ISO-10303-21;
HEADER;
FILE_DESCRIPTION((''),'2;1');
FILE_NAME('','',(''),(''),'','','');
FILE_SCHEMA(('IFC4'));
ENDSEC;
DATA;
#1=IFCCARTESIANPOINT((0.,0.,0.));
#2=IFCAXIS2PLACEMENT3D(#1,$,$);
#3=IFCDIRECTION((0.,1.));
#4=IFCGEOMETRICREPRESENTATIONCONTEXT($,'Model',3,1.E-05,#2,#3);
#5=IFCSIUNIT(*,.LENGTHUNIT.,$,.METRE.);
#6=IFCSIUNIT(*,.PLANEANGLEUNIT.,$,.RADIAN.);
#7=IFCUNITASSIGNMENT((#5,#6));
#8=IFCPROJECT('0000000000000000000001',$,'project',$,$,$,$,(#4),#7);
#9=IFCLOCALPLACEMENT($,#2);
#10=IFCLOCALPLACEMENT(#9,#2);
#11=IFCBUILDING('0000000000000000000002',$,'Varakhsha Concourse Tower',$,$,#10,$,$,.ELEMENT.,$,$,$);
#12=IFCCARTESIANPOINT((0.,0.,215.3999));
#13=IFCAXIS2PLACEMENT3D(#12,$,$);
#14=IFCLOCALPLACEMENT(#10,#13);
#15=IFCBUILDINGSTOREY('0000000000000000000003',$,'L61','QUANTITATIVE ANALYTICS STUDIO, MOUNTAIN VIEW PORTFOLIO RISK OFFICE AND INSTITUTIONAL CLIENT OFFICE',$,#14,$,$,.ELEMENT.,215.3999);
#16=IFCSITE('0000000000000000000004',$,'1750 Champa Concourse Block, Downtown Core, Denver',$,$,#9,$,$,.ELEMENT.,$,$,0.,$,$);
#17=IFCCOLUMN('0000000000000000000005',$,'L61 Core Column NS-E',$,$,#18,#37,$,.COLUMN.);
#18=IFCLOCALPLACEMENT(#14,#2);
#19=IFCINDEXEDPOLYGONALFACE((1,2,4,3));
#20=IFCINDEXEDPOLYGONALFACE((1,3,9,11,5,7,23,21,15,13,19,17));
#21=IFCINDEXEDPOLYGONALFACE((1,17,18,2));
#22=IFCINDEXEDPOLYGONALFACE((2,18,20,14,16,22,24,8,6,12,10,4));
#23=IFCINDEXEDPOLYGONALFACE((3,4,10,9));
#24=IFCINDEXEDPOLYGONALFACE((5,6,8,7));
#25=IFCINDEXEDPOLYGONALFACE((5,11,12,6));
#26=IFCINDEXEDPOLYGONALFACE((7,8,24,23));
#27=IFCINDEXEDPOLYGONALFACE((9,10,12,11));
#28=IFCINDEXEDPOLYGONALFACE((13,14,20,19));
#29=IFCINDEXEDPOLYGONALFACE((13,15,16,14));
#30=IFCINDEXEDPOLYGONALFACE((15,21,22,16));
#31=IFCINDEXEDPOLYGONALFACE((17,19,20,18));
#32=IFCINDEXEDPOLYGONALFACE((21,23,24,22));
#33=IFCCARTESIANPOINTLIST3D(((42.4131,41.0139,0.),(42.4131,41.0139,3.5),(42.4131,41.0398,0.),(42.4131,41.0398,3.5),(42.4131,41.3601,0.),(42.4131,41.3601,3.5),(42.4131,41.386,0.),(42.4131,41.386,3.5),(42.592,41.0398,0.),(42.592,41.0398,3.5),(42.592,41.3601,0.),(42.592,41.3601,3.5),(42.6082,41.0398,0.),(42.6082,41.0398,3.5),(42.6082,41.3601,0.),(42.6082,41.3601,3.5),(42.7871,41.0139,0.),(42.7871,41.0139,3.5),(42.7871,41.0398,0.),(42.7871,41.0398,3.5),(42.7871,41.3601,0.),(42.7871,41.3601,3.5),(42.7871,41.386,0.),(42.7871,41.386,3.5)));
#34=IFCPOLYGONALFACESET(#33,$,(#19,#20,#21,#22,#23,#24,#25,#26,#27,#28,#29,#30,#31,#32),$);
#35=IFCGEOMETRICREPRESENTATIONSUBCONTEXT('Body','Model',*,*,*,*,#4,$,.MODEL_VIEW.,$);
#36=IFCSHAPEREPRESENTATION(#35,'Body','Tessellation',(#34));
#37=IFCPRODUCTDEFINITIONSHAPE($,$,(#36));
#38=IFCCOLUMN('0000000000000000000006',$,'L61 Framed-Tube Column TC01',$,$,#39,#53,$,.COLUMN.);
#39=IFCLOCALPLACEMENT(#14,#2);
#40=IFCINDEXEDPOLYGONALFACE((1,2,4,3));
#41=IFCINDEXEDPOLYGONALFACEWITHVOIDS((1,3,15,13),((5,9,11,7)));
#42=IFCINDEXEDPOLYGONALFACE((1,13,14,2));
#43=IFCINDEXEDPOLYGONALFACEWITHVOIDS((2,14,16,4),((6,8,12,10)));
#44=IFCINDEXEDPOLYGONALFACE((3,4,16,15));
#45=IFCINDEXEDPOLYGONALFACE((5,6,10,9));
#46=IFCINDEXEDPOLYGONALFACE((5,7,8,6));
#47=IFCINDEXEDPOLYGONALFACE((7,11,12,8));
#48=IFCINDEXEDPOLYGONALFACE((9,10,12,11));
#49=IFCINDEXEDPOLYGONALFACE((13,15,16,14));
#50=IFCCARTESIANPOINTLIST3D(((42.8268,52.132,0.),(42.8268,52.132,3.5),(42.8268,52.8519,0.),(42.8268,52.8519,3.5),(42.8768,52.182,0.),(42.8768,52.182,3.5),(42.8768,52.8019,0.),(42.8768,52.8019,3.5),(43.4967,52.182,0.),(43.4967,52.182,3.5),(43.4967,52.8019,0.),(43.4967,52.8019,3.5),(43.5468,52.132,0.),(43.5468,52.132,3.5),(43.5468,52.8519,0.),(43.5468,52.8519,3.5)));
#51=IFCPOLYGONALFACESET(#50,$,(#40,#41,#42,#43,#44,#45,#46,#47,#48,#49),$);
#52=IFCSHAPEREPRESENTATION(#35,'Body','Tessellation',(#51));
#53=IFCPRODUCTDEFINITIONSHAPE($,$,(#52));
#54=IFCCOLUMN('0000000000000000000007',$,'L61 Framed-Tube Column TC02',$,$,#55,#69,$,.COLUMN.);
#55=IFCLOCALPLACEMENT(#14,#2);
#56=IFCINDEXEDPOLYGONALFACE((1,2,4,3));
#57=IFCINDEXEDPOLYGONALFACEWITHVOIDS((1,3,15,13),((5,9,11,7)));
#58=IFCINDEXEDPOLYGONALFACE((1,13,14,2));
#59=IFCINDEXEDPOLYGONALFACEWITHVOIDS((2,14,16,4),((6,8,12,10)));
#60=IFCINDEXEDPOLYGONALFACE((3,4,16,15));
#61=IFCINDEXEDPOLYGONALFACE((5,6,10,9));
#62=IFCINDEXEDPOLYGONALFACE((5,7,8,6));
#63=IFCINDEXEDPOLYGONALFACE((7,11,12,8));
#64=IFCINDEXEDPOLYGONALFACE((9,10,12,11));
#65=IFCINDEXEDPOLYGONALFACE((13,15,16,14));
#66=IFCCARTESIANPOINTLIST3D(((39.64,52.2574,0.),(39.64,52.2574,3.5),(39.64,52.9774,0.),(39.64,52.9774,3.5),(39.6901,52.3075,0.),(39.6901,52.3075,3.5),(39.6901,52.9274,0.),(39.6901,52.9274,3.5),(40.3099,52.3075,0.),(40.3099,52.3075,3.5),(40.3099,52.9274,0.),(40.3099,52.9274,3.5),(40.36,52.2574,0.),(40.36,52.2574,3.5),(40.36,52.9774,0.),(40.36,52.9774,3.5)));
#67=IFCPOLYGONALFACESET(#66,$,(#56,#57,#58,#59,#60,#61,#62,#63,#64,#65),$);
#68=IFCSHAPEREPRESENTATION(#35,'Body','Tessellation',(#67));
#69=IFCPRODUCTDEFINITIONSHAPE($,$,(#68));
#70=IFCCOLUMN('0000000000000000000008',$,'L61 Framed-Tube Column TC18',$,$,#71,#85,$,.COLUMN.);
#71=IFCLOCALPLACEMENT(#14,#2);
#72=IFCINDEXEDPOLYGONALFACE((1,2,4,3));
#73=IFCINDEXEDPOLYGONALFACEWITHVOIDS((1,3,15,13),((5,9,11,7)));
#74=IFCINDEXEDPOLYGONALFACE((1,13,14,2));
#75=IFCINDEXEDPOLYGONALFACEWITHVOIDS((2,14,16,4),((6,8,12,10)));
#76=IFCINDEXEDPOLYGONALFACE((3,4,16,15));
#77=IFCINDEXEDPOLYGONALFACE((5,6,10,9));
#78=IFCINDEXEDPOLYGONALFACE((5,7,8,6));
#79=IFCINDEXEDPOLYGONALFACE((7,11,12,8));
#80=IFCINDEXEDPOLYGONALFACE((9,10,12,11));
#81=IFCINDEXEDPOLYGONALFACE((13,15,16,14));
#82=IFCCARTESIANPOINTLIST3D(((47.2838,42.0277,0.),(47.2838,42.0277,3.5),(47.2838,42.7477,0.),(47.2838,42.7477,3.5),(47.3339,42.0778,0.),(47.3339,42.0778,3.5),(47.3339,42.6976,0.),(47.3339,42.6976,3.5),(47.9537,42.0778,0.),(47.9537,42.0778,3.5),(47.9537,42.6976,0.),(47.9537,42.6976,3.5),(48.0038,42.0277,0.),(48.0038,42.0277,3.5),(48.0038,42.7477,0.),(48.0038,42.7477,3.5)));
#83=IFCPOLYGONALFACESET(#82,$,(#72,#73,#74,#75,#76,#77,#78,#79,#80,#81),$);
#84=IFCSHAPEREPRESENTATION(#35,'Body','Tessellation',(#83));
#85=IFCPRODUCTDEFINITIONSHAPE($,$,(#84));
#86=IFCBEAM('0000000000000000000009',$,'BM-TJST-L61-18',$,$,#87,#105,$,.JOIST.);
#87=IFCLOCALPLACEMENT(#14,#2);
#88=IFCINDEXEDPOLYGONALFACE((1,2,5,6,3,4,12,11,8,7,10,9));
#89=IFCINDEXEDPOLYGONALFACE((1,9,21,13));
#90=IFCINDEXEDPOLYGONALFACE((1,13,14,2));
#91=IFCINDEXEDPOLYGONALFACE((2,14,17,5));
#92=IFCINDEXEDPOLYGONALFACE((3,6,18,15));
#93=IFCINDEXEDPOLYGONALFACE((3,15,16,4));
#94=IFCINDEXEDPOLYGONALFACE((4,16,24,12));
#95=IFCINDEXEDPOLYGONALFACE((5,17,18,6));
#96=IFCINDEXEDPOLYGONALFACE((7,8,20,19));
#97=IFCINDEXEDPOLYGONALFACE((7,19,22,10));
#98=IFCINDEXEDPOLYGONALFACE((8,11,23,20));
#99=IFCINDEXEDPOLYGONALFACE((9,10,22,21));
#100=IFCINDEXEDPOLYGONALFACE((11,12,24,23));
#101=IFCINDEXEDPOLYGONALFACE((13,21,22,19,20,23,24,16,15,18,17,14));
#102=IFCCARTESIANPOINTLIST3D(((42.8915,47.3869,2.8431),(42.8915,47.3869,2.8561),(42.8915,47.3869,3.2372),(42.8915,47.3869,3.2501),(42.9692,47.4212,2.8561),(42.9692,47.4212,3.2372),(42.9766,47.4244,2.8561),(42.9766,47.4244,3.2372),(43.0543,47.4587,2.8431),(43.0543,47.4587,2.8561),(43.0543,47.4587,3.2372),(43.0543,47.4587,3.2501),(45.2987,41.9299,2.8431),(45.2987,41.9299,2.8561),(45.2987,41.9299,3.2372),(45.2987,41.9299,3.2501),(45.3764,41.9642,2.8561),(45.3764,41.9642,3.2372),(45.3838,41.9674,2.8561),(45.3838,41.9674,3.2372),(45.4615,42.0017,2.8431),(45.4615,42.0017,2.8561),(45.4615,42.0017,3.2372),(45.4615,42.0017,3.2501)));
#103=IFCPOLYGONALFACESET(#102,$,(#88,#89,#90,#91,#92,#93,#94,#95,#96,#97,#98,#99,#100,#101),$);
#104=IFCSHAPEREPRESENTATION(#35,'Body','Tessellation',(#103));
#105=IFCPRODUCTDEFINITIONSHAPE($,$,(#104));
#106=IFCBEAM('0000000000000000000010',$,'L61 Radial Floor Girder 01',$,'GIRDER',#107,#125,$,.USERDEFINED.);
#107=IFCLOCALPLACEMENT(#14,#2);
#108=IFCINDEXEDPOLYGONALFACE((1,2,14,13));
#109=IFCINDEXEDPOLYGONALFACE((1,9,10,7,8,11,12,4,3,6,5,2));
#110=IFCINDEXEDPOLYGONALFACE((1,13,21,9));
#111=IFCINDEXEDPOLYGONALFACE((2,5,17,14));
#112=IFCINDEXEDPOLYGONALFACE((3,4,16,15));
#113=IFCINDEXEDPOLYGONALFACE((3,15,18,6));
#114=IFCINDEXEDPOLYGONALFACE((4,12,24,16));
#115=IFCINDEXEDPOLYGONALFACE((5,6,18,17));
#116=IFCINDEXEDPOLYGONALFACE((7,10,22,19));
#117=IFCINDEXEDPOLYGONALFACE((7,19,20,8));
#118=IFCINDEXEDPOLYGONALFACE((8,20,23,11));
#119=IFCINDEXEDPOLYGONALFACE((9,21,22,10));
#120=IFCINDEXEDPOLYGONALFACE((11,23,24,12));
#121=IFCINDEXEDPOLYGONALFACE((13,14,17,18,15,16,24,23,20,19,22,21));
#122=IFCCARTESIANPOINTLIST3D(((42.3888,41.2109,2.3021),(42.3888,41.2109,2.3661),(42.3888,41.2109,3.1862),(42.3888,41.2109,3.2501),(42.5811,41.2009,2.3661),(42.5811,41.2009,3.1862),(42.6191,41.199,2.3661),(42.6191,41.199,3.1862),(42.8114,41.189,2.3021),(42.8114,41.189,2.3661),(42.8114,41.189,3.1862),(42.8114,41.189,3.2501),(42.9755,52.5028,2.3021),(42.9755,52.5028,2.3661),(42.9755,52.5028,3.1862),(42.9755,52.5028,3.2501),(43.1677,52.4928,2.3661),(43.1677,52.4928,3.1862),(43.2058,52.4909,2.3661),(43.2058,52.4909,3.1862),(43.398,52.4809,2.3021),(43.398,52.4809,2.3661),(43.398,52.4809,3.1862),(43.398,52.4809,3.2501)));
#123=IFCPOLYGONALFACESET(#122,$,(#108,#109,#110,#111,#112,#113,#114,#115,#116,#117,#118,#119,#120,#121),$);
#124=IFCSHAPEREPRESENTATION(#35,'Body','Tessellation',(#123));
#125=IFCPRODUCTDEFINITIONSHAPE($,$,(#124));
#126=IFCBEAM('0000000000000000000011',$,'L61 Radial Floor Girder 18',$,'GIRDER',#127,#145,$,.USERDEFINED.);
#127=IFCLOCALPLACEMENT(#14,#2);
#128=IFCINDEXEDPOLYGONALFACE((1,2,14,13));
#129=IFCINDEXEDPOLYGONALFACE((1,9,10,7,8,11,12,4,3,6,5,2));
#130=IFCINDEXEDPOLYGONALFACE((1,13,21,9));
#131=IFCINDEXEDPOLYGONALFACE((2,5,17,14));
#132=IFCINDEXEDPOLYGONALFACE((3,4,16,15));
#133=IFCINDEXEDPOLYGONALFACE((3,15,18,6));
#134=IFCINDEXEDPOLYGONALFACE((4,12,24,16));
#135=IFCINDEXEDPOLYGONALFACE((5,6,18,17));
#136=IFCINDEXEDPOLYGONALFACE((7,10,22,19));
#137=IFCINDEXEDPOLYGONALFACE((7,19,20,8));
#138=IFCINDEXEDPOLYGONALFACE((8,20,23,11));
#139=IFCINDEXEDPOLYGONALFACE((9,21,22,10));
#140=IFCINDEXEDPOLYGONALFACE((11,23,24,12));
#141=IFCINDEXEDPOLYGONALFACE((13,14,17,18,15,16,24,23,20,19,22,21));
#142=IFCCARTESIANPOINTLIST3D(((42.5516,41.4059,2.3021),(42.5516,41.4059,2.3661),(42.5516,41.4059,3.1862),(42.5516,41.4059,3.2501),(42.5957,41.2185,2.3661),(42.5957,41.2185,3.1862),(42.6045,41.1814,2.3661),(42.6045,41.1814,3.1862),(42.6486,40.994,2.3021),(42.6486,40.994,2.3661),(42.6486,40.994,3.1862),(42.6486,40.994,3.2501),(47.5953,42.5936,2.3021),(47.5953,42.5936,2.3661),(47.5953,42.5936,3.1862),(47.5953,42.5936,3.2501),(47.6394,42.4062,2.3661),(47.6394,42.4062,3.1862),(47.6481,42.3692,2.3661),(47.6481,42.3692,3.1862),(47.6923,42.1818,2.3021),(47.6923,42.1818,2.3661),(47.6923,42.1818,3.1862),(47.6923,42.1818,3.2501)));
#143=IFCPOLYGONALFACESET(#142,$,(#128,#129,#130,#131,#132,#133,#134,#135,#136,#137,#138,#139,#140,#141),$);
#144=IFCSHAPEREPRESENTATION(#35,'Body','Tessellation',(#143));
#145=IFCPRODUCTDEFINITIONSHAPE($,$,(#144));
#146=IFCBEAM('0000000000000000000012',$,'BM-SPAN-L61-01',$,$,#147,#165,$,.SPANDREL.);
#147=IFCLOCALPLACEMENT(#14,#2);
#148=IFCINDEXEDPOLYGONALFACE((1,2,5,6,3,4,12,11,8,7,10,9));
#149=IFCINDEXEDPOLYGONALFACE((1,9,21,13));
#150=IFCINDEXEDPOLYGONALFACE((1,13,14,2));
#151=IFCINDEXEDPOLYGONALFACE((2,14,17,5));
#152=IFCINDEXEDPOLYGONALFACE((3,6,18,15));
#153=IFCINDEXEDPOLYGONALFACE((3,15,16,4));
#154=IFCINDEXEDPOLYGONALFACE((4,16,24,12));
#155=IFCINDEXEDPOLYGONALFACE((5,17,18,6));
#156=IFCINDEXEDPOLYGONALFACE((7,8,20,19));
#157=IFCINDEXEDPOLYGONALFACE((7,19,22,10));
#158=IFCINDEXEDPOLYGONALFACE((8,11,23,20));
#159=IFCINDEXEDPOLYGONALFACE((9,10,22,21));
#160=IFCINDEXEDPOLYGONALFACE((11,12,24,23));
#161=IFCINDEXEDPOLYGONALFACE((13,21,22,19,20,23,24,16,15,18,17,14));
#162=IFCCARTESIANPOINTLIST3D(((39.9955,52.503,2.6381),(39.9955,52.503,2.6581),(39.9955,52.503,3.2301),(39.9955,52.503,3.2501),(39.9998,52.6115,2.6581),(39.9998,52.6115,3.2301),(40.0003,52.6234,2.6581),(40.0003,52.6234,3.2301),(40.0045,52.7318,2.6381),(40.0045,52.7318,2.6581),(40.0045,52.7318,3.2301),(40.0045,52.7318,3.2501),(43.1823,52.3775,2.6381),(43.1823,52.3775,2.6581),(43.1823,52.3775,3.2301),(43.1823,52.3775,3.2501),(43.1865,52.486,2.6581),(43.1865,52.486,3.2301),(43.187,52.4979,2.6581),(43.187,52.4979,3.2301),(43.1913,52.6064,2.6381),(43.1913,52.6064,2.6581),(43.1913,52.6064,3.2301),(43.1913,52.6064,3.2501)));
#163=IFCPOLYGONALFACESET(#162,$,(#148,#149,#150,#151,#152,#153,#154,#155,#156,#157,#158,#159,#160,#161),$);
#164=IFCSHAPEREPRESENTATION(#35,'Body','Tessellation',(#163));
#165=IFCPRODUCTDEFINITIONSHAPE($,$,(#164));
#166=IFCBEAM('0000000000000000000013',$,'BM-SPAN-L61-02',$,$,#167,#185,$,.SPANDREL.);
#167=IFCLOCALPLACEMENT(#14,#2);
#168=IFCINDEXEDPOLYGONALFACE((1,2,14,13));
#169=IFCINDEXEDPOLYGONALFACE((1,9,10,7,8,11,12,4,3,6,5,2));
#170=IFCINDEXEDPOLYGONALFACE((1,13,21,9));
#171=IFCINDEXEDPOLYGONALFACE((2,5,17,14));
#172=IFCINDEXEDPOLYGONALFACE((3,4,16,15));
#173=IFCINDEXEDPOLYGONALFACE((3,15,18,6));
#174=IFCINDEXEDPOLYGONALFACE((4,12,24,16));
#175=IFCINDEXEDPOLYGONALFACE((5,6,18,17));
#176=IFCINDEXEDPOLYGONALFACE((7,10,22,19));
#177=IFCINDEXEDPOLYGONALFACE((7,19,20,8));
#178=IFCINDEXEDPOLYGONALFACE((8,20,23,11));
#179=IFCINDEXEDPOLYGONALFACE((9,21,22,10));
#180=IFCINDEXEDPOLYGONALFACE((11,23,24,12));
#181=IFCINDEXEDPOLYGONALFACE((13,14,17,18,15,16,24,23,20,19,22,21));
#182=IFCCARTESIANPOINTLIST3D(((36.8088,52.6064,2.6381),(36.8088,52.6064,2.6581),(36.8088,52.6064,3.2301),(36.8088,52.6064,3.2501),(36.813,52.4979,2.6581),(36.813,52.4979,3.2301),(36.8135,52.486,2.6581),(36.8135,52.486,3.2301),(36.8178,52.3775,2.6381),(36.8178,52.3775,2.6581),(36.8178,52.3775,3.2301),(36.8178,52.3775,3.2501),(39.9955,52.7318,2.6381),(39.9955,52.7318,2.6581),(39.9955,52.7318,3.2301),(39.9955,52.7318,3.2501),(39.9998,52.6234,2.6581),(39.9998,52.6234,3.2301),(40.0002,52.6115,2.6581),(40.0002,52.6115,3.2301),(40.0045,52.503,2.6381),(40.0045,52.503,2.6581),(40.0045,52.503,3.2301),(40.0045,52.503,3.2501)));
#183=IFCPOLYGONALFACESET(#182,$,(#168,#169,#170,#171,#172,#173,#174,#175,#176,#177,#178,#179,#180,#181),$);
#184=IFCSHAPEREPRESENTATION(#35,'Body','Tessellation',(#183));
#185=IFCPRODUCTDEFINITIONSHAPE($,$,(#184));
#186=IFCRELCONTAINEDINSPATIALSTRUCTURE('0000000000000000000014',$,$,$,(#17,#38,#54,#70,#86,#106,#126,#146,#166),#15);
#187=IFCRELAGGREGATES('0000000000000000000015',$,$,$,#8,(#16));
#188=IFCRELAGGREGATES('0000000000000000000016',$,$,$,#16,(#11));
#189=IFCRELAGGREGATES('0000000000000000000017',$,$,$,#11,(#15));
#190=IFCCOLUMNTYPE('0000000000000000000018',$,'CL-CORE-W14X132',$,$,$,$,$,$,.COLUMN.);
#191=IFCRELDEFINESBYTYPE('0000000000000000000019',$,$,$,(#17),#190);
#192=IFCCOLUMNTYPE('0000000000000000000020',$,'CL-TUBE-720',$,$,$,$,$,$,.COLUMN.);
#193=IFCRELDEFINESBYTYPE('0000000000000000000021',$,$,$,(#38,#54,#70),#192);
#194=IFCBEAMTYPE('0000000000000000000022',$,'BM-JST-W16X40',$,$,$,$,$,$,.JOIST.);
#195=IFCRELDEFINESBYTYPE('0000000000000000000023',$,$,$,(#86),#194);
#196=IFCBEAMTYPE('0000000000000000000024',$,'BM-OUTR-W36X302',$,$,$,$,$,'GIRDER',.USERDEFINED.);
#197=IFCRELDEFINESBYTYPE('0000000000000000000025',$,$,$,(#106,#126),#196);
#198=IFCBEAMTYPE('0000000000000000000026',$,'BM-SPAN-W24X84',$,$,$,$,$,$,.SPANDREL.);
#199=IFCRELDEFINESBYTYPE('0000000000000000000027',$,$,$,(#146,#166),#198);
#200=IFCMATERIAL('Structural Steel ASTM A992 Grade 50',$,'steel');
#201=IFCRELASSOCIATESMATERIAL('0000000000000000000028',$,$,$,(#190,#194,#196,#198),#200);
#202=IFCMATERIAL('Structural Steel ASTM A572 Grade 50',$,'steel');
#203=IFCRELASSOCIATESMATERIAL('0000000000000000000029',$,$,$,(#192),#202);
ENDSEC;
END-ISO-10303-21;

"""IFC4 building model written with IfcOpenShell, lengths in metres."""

from ifc_helpers import new_model, si_unit, direction, frame, origin, origin_2d, place, context, subcontext, project, spatial, hollow_rectangle, i_section, extrude, material, material_profile, profile_set, type_object, element, save


model = new_model("IFC4")

# Units and contexts
model_context = context("Model", 3, precision=1e-05, world=origin(), true_north=direction((0.0, 1.0)))
body_context = subcontext(model_context, "Body", "Model", "MODEL_VIEW")
ifc_project = project(units=[si_unit("LENGTHUNIT", "METRE"), si_unit("PLANEANGLEUNIT", "RADIAN")], contexts=[model_context])

# Site, building, storey
site_placement = place(None, origin())
site = spatial("IfcSite", under=ifc_project, at=site_placement, Name="1750 Champa Concourse Block, Downtown Core, Denver", CompositionType="ELEMENT", RefElevation=0.0)
building_placement = place(site_placement, origin())
building = spatial("IfcBuilding", under=site, at=building_placement, Name="Varakhsha Concourse Tower", CompositionType="ELEMENT")
storey_placement = place(building_placement, frame((0.0, 0.0, 215.3999)))
storey = spatial("IfcBuildingStorey", under=building, at=storey_placement, Name="L61", Description="QUANTITATIVE ANALYTICS STUDIO, MOUNTAIN VIEW PORTFOLIO RISK OFFICE AND INSTITUTIONAL CLIENT OFFICE", CompositionType="ELEMENT", Elevation=215.3999)

# Columns
ifc_material_1 = material(Name="Structural Steel ASTM A992 Grade 50", Category="steel")
ifc_material_profile_1 = material_profile(ifc_material_1, i_section(OverallWidth=0.374, OverallDepth=0.3721, WebThickness=0.0161, FlangeThickness=0.0259, at=origin_2d()), Name="W14X132")
ifc_profile_set_1 = profile_set([ifc_material_profile_1], Name="Structural Steel ASTM A992 Grade 50")
column_type_1 = type_object("IfcColumnType", Name="CL-CORE-W14X132", PredefinedType="COLUMN", material=ifc_profile_set_1)
column_placement = place(storey_placement, frame((42.6001, 41.2, 0.0), z_axis=(0.0, 0.0, 1.0), x_axis=(1.0, 0.0, 0.0)))
element("IfcColumn", 1, at=column_placement, inside=storey, type_object=column_type_1, Name="L61 Core Column NS-E", PredefinedType="COLUMN", context=body_context, shape_type="SweptSolid", body=[
    extrude(i_section(OverallWidth=0.374, OverallDepth=0.3721, WebThickness=0.0161, FlangeThickness=0.0259, at=origin_2d()), origin(), (0.0, 0.0, 1.0), 3.5),
])
ifc_material_2 = material(Name="Structural Steel ASTM A572 Grade 50", Category="steel")
ifc_material_profile_2 = material_profile(ifc_material_2, hollow_rectangle(XDim=0.72, YDim=0.72, WallThickness=0.05, at=origin_2d()), Name="BOX 720x720x50")
ifc_profile_set_2 = profile_set([ifc_material_profile_2], Name="Structural Steel ASTM A572 Grade 50")
column_type_2 = type_object("IfcColumnType", Name="CL-TUBE-720", PredefinedType="COLUMN", material=ifc_profile_set_2)
for number, where, z_axis, x_axis, name in (
    (2, (43.1868, 52.4919, 0.0), (0.0, 0.0, 1.0), (1.0, 0.0, 0.0), "L61 Framed-Tube Column TC01"),
    (3, (40.0, 52.6174, 0.0), (0.0, 0.0, 1.0), (1.0, 0.0, 0.0), "L61 Framed-Tube Column TC02"),
    (4, (47.6438, 42.3877, 0.0), (0.0, 0.0, 1.0), (1.0, 0.0, 0.0), "L61 Framed-Tube Column TC18"),
):
    element("IfcColumn", number, at=place(storey_placement, frame(where, z_axis=z_axis, x_axis=x_axis)), inside=storey, type_object=column_type_2, Name=name, PredefinedType="COLUMN", context=body_context, shape_type="SweptSolid", body=[
        extrude(hollow_rectangle(XDim=0.72, YDim=0.72, WallThickness=0.05, at=origin_2d()), origin(), (0.0, 0.0, 1.0), 3.5),
    ])

# Beams
ifc_material_profile_3 = material_profile(ifc_material_1, i_section(OverallWidth=0.178, OverallDepth=0.407, WebThickness=0.0081, FlangeThickness=0.0129, at=origin_2d()), Name="W16X40")
ifc_profile_set_3 = profile_set([ifc_material_profile_3], Name="Structural Steel ASTM A992 Grade 50")
beam_type_1 = type_object("IfcBeamType", Name="BM-JST-W16X40", PredefinedType="JOIST", material=ifc_profile_set_3)
beam_1_placement = place(storey_placement, frame((45.3801, 41.9658, 3.0466), z_axis=(-0.4036, 0.914936, 0.0), x_axis=(-0.914936, -0.4036, 0.0)))
element("IfcBeam", 5, at=beam_1_placement, inside=storey, type_object=beam_type_1, Name="BM-TJST-L61-18", PredefinedType="JOIST", context=body_context, shape_type="SweptSolid", body=[
    extrude(i_section(OverallWidth=0.178, OverallDepth=0.407, WebThickness=0.0081, FlangeThickness=0.0129, at=origin_2d()), origin(), (0.0, 0.0, 1.0), 5.9644),
])
ifc_material_profile_4 = material_profile(ifc_material_1, i_section(OverallWidth=0.4231, OverallDepth=0.948, WebThickness=0.0381, FlangeThickness=0.064, at=origin_2d()), Name="W36X302")
ifc_profile_set_4 = profile_set([ifc_material_profile_4], Name="Structural Steel ASTM A992 Grade 50")
beam_type_2 = type_object("IfcBeamType", Name="BM-OUTR-W36X302", ElementType="GIRDER", PredefinedType="USERDEFINED", material=ifc_profile_set_4)
beam_2_placement = place(storey_placement, frame((42.6001, 41.2, 2.7761), z_axis=(0.051885, 0.998653, 0.0), x_axis=(-0.998653, 0.051885, 0.0)))
element("IfcBeam", 6, at=beam_2_placement, inside=storey, type_object=beam_type_2, Name="L61 Radial Floor Girder 01", ObjectType="GIRDER", PredefinedType="USERDEFINED", context=body_context, shape_type="SweptSolid", body=[
    extrude(i_section(OverallWidth=0.4231, OverallDepth=0.948, WebThickness=0.0381, FlangeThickness=0.064, at=origin_2d()), origin(), (0.0, 0.0, 1.0), 11.3071),
])
beam_3_placement = place(storey_placement, frame((42.6001, 41.2, 2.7761), z_axis=(0.973375, 0.229221, 0.0), x_axis=(-0.229221, 0.973375, 0.0)))
element("IfcBeam", 7, at=beam_3_placement, inside=storey, type_object=beam_type_2, Name="L61 Radial Floor Girder 18", ObjectType="GIRDER", PredefinedType="USERDEFINED", context=body_context, shape_type="SweptSolid", body=[
    extrude(i_section(OverallWidth=0.4231, OverallDepth=0.948, WebThickness=0.0381, FlangeThickness=0.064, at=origin_2d()), origin(), (0.0, 0.0, 1.0), 5.1816),
])
ifc_material_profile_5 = material_profile(ifc_material_1, i_section(OverallWidth=0.229, OverallDepth=0.6121, WebThickness=0.012, FlangeThickness=0.02, at=origin_2d()), Name="W24X84")
ifc_profile_set_5 = profile_set([ifc_material_profile_5], Name="Structural Steel ASTM A992 Grade 50")
beam_type_3 = type_object("IfcBeamType", Name="BM-SPAN-W24X84", PredefinedType="SPANDREL", material=ifc_profile_set_5)
for number, where, z_axis, x_axis, name in (
    (8, (43.1868, 52.4919, 2.9441), (-0.999226, 0.039347, 0.0), (-0.039347, -0.999226, 0.0), "BM-SPAN-L61-01"),
    (9, (40.0, 52.6174, 2.9441), (-0.999226, -0.039347, 0.0), (0.039347, -0.999226, 0.0), "BM-SPAN-L61-02"),
):
    element("IfcBeam", number, at=place(storey_placement, frame(where, z_axis=z_axis, x_axis=x_axis)), inside=storey, type_object=beam_type_3, Name=name, PredefinedType="SPANDREL", context=body_context, shape_type="SweptSolid", body=[
        extrude(i_section(OverallWidth=0.229, OverallDepth=0.6121, WebThickness=0.012, FlangeThickness=0.02, at=origin_2d()), origin(), (0.0, 0.0, 1.0), 3.1892),
    ])

save(model, "model.ifc")
